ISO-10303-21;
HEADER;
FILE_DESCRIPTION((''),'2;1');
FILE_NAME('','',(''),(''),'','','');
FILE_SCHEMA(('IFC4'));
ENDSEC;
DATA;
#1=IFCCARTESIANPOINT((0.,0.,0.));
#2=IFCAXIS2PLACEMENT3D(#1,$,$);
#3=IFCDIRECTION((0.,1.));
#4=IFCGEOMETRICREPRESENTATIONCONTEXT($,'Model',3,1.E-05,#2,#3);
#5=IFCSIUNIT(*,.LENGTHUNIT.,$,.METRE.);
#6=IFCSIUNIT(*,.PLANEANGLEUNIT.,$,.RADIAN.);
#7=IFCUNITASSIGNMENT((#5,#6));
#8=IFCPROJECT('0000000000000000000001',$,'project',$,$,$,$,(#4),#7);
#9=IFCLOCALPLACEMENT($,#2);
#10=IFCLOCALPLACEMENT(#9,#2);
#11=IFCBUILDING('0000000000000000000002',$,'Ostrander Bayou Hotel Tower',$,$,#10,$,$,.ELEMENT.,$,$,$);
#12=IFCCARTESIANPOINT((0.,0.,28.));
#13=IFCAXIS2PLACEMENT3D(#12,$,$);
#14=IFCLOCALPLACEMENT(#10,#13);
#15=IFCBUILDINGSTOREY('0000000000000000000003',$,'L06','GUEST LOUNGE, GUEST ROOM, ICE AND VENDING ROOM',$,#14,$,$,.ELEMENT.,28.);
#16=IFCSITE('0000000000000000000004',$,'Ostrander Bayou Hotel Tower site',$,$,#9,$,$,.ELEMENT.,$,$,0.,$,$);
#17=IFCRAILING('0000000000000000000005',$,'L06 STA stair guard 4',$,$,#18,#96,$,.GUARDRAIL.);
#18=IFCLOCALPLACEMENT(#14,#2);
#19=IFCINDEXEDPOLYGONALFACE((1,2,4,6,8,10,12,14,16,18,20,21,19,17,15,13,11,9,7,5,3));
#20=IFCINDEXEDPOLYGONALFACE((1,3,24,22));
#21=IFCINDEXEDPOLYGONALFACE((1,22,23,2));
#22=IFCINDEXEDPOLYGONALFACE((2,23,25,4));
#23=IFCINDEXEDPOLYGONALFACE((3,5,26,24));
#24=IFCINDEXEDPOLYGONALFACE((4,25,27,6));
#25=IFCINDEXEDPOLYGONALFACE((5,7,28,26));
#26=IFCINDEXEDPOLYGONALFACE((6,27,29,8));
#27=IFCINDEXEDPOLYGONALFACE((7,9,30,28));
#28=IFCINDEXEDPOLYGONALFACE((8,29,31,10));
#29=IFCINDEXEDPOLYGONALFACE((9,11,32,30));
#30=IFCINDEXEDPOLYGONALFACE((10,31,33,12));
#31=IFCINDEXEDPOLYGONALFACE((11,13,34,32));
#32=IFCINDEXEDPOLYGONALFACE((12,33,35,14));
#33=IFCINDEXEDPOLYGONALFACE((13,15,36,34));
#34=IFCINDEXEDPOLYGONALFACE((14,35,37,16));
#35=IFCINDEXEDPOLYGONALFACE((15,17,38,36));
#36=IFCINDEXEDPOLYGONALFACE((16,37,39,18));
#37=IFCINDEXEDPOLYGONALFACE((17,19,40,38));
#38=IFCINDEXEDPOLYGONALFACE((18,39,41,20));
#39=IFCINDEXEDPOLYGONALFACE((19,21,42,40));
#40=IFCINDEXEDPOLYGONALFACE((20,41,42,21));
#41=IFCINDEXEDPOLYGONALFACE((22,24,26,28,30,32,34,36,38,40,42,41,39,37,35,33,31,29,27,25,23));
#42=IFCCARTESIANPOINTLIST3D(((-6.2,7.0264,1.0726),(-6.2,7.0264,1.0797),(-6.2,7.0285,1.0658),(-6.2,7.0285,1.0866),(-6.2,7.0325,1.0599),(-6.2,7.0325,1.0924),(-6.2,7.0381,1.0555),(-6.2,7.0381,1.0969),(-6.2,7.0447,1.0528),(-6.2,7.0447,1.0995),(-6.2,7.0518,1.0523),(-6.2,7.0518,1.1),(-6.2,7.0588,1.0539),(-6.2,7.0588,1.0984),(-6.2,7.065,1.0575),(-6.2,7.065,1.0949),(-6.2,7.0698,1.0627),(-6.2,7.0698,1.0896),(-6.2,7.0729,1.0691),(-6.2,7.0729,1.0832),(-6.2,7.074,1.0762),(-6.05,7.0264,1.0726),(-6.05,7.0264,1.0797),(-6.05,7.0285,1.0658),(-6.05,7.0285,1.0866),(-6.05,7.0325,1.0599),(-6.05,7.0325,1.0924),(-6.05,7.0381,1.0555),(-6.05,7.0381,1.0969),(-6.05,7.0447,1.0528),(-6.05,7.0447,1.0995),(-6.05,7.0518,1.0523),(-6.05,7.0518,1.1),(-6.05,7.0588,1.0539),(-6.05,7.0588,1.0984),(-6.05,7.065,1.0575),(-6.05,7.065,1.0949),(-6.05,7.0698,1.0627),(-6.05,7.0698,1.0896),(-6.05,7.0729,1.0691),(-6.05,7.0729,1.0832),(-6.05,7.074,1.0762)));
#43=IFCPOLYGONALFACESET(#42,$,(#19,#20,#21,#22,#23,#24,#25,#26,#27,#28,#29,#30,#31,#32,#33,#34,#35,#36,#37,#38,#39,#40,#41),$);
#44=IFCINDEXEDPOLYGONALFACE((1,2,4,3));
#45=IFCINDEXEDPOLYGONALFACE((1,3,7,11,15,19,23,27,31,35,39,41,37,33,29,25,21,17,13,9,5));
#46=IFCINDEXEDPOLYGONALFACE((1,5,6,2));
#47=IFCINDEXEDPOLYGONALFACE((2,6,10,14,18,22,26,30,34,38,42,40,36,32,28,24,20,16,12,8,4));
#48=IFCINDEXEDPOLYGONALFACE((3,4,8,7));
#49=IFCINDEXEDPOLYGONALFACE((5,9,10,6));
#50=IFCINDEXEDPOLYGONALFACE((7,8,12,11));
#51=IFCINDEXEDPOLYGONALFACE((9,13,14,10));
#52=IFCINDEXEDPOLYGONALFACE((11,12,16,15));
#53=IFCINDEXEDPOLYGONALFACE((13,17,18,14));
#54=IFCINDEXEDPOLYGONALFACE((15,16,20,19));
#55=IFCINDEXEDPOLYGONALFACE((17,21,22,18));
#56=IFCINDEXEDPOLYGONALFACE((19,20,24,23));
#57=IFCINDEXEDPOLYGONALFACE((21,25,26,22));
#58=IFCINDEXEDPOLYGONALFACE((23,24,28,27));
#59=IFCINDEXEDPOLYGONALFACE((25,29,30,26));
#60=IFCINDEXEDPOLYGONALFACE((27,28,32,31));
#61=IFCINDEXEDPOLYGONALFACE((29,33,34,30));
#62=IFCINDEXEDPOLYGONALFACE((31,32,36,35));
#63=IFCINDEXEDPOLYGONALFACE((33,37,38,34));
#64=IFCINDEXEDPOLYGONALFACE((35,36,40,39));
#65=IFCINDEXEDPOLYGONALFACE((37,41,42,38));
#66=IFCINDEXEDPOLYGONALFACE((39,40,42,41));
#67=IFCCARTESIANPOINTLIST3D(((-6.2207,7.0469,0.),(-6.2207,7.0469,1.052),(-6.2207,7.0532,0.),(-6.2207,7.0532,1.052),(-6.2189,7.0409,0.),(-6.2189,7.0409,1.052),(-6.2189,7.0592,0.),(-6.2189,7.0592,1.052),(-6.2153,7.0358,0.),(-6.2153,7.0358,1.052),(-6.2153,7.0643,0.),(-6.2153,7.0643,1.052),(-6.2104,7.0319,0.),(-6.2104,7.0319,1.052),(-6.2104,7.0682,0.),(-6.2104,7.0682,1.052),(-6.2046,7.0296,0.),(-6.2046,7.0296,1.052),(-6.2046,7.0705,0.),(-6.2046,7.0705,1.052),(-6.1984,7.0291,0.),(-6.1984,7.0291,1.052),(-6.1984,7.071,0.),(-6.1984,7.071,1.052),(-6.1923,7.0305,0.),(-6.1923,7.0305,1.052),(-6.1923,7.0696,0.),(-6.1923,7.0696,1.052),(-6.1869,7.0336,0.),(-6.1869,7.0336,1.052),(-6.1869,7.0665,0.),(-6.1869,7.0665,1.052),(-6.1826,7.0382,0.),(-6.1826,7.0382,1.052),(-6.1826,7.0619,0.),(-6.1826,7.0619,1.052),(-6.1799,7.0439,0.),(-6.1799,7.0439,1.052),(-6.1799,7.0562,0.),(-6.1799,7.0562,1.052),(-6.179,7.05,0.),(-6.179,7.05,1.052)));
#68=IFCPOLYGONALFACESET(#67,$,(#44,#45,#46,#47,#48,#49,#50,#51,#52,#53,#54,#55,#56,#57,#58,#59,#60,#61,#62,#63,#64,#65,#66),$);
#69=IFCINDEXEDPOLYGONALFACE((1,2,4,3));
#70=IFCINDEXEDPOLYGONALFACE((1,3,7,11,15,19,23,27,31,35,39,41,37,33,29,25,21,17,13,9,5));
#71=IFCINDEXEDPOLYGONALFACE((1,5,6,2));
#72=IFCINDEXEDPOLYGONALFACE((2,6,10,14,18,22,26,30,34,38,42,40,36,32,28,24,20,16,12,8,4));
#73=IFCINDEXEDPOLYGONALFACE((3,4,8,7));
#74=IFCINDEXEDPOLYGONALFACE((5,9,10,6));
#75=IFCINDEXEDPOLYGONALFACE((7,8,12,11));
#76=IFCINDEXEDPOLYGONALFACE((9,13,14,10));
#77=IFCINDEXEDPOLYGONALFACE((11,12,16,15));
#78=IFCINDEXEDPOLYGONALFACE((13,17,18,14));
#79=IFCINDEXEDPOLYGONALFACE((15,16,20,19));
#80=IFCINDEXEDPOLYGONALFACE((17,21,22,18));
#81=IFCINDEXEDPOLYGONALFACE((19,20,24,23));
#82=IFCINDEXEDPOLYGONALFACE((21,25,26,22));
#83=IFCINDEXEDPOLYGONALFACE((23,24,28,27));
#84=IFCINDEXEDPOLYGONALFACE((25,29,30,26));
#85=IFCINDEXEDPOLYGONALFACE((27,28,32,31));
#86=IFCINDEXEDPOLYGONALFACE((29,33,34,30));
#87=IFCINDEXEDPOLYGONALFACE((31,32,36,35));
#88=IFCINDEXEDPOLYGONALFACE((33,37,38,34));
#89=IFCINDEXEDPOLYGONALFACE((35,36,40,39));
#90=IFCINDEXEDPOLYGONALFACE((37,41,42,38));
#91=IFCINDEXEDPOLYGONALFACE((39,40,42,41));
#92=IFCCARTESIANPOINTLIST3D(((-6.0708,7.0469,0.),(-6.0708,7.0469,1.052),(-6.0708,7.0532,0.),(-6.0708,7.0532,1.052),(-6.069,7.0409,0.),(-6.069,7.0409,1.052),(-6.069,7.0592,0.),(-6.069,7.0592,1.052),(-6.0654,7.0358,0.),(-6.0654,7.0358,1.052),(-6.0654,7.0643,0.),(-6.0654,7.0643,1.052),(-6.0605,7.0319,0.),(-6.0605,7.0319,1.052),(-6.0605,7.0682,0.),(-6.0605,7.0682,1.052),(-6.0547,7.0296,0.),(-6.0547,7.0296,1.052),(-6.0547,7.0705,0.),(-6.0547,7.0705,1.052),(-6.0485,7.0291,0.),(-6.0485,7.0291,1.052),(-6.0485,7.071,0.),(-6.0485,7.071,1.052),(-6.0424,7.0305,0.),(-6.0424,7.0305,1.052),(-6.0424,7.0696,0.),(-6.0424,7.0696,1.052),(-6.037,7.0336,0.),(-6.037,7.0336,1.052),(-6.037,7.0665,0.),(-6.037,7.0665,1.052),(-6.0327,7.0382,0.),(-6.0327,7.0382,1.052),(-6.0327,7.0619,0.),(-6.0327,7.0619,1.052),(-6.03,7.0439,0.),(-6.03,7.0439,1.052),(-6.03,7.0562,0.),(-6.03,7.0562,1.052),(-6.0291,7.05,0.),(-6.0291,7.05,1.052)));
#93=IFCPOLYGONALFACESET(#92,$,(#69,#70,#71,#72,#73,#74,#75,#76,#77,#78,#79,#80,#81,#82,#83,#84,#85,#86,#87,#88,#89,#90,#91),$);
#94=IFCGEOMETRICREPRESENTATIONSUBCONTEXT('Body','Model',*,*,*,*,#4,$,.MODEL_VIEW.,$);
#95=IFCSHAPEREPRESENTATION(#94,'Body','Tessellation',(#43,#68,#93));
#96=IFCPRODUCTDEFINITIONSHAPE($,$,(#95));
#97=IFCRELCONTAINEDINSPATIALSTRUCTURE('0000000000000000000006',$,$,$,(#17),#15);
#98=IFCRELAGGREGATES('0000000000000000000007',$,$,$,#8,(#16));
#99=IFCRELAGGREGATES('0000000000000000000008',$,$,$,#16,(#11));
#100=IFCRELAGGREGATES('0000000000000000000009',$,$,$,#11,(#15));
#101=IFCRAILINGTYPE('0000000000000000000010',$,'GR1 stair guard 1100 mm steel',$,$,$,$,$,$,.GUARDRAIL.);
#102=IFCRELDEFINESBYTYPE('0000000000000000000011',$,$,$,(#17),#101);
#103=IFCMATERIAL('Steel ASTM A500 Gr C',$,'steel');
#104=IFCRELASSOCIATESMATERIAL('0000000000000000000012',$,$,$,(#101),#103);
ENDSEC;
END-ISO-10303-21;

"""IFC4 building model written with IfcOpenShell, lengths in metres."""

from ifc_helpers import new_model, si_unit, direction, frame, origin, origin_2d, place, context, subcontext, project, spatial, circle, extrude, material, type_object, element, save


model = new_model("IFC4")

# Units and contexts
model_context = context("Model", 3, precision=1e-05, world=origin(), true_north=direction((0.0, 1.0)))
body_context = subcontext(model_context, "Body", "Model", "MODEL_VIEW")
ifc_project = project(units=[si_unit("LENGTHUNIT", "METRE"), si_unit("PLANEANGLEUNIT", "RADIAN")], contexts=[model_context])

# Site, building, storey
site_placement = place(None, origin())
site = spatial("IfcSite", under=ifc_project, at=site_placement, Name="Ostrander Bayou Hotel Tower site", CompositionType="ELEMENT", RefElevation=0.0)
building_placement = place(site_placement, origin())
building = spatial("IfcBuilding", under=site, at=building_placement, Name="Ostrander Bayou Hotel Tower", CompositionType="ELEMENT")
storey_placement = place(building_placement, frame((0.0, 0.0, 28.0)))
storey = spatial("IfcBuildingStorey", under=building, at=storey_placement, Name="L06", Description="GUEST LOUNGE, GUEST ROOM, ICE AND VENDING ROOM", CompositionType="ELEMENT", Elevation=28.0)

# Railing
ifc_material_1 = material(Name="Steel ASTM A500 Gr C", Category="steel")
railing_type_1 = type_object("IfcRailingType", Name="GR1 stair guard 1100 mm steel", PredefinedType="GUARDRAIL", material=ifc_material_1)
railing_1_placement = place(storey_placement, frame((-6.2, 7.05, 0.0)))
element("IfcRailing", 1, at=railing_1_placement, inside=storey, type_object=railing_type_1, Name="L06 STA stair guard 4", PredefinedType="GUARDRAIL", context=body_context, shape_type="SweptSolid", body=[
    extrude(circle(Radius=0.0239, at=origin_2d()), frame((0.0, 0.0, 1.0762), z_axis=(1.0, 0.0, 0.0), x_axis=(0.0, 1.0, 0.0)), (0.0, 0.0, 1.0), 0.1499),
    extrude(circle(Radius=0.021, at=origin_2d()), origin(), (0.0, 0.0, 1.0), 1.052),
    extrude(circle(Radius=0.021, at=origin_2d()), frame((0.1499, 0.0, 0.0)), (0.0, 0.0, 1.0), 1.052),
])

save(model, "model.ifc")
